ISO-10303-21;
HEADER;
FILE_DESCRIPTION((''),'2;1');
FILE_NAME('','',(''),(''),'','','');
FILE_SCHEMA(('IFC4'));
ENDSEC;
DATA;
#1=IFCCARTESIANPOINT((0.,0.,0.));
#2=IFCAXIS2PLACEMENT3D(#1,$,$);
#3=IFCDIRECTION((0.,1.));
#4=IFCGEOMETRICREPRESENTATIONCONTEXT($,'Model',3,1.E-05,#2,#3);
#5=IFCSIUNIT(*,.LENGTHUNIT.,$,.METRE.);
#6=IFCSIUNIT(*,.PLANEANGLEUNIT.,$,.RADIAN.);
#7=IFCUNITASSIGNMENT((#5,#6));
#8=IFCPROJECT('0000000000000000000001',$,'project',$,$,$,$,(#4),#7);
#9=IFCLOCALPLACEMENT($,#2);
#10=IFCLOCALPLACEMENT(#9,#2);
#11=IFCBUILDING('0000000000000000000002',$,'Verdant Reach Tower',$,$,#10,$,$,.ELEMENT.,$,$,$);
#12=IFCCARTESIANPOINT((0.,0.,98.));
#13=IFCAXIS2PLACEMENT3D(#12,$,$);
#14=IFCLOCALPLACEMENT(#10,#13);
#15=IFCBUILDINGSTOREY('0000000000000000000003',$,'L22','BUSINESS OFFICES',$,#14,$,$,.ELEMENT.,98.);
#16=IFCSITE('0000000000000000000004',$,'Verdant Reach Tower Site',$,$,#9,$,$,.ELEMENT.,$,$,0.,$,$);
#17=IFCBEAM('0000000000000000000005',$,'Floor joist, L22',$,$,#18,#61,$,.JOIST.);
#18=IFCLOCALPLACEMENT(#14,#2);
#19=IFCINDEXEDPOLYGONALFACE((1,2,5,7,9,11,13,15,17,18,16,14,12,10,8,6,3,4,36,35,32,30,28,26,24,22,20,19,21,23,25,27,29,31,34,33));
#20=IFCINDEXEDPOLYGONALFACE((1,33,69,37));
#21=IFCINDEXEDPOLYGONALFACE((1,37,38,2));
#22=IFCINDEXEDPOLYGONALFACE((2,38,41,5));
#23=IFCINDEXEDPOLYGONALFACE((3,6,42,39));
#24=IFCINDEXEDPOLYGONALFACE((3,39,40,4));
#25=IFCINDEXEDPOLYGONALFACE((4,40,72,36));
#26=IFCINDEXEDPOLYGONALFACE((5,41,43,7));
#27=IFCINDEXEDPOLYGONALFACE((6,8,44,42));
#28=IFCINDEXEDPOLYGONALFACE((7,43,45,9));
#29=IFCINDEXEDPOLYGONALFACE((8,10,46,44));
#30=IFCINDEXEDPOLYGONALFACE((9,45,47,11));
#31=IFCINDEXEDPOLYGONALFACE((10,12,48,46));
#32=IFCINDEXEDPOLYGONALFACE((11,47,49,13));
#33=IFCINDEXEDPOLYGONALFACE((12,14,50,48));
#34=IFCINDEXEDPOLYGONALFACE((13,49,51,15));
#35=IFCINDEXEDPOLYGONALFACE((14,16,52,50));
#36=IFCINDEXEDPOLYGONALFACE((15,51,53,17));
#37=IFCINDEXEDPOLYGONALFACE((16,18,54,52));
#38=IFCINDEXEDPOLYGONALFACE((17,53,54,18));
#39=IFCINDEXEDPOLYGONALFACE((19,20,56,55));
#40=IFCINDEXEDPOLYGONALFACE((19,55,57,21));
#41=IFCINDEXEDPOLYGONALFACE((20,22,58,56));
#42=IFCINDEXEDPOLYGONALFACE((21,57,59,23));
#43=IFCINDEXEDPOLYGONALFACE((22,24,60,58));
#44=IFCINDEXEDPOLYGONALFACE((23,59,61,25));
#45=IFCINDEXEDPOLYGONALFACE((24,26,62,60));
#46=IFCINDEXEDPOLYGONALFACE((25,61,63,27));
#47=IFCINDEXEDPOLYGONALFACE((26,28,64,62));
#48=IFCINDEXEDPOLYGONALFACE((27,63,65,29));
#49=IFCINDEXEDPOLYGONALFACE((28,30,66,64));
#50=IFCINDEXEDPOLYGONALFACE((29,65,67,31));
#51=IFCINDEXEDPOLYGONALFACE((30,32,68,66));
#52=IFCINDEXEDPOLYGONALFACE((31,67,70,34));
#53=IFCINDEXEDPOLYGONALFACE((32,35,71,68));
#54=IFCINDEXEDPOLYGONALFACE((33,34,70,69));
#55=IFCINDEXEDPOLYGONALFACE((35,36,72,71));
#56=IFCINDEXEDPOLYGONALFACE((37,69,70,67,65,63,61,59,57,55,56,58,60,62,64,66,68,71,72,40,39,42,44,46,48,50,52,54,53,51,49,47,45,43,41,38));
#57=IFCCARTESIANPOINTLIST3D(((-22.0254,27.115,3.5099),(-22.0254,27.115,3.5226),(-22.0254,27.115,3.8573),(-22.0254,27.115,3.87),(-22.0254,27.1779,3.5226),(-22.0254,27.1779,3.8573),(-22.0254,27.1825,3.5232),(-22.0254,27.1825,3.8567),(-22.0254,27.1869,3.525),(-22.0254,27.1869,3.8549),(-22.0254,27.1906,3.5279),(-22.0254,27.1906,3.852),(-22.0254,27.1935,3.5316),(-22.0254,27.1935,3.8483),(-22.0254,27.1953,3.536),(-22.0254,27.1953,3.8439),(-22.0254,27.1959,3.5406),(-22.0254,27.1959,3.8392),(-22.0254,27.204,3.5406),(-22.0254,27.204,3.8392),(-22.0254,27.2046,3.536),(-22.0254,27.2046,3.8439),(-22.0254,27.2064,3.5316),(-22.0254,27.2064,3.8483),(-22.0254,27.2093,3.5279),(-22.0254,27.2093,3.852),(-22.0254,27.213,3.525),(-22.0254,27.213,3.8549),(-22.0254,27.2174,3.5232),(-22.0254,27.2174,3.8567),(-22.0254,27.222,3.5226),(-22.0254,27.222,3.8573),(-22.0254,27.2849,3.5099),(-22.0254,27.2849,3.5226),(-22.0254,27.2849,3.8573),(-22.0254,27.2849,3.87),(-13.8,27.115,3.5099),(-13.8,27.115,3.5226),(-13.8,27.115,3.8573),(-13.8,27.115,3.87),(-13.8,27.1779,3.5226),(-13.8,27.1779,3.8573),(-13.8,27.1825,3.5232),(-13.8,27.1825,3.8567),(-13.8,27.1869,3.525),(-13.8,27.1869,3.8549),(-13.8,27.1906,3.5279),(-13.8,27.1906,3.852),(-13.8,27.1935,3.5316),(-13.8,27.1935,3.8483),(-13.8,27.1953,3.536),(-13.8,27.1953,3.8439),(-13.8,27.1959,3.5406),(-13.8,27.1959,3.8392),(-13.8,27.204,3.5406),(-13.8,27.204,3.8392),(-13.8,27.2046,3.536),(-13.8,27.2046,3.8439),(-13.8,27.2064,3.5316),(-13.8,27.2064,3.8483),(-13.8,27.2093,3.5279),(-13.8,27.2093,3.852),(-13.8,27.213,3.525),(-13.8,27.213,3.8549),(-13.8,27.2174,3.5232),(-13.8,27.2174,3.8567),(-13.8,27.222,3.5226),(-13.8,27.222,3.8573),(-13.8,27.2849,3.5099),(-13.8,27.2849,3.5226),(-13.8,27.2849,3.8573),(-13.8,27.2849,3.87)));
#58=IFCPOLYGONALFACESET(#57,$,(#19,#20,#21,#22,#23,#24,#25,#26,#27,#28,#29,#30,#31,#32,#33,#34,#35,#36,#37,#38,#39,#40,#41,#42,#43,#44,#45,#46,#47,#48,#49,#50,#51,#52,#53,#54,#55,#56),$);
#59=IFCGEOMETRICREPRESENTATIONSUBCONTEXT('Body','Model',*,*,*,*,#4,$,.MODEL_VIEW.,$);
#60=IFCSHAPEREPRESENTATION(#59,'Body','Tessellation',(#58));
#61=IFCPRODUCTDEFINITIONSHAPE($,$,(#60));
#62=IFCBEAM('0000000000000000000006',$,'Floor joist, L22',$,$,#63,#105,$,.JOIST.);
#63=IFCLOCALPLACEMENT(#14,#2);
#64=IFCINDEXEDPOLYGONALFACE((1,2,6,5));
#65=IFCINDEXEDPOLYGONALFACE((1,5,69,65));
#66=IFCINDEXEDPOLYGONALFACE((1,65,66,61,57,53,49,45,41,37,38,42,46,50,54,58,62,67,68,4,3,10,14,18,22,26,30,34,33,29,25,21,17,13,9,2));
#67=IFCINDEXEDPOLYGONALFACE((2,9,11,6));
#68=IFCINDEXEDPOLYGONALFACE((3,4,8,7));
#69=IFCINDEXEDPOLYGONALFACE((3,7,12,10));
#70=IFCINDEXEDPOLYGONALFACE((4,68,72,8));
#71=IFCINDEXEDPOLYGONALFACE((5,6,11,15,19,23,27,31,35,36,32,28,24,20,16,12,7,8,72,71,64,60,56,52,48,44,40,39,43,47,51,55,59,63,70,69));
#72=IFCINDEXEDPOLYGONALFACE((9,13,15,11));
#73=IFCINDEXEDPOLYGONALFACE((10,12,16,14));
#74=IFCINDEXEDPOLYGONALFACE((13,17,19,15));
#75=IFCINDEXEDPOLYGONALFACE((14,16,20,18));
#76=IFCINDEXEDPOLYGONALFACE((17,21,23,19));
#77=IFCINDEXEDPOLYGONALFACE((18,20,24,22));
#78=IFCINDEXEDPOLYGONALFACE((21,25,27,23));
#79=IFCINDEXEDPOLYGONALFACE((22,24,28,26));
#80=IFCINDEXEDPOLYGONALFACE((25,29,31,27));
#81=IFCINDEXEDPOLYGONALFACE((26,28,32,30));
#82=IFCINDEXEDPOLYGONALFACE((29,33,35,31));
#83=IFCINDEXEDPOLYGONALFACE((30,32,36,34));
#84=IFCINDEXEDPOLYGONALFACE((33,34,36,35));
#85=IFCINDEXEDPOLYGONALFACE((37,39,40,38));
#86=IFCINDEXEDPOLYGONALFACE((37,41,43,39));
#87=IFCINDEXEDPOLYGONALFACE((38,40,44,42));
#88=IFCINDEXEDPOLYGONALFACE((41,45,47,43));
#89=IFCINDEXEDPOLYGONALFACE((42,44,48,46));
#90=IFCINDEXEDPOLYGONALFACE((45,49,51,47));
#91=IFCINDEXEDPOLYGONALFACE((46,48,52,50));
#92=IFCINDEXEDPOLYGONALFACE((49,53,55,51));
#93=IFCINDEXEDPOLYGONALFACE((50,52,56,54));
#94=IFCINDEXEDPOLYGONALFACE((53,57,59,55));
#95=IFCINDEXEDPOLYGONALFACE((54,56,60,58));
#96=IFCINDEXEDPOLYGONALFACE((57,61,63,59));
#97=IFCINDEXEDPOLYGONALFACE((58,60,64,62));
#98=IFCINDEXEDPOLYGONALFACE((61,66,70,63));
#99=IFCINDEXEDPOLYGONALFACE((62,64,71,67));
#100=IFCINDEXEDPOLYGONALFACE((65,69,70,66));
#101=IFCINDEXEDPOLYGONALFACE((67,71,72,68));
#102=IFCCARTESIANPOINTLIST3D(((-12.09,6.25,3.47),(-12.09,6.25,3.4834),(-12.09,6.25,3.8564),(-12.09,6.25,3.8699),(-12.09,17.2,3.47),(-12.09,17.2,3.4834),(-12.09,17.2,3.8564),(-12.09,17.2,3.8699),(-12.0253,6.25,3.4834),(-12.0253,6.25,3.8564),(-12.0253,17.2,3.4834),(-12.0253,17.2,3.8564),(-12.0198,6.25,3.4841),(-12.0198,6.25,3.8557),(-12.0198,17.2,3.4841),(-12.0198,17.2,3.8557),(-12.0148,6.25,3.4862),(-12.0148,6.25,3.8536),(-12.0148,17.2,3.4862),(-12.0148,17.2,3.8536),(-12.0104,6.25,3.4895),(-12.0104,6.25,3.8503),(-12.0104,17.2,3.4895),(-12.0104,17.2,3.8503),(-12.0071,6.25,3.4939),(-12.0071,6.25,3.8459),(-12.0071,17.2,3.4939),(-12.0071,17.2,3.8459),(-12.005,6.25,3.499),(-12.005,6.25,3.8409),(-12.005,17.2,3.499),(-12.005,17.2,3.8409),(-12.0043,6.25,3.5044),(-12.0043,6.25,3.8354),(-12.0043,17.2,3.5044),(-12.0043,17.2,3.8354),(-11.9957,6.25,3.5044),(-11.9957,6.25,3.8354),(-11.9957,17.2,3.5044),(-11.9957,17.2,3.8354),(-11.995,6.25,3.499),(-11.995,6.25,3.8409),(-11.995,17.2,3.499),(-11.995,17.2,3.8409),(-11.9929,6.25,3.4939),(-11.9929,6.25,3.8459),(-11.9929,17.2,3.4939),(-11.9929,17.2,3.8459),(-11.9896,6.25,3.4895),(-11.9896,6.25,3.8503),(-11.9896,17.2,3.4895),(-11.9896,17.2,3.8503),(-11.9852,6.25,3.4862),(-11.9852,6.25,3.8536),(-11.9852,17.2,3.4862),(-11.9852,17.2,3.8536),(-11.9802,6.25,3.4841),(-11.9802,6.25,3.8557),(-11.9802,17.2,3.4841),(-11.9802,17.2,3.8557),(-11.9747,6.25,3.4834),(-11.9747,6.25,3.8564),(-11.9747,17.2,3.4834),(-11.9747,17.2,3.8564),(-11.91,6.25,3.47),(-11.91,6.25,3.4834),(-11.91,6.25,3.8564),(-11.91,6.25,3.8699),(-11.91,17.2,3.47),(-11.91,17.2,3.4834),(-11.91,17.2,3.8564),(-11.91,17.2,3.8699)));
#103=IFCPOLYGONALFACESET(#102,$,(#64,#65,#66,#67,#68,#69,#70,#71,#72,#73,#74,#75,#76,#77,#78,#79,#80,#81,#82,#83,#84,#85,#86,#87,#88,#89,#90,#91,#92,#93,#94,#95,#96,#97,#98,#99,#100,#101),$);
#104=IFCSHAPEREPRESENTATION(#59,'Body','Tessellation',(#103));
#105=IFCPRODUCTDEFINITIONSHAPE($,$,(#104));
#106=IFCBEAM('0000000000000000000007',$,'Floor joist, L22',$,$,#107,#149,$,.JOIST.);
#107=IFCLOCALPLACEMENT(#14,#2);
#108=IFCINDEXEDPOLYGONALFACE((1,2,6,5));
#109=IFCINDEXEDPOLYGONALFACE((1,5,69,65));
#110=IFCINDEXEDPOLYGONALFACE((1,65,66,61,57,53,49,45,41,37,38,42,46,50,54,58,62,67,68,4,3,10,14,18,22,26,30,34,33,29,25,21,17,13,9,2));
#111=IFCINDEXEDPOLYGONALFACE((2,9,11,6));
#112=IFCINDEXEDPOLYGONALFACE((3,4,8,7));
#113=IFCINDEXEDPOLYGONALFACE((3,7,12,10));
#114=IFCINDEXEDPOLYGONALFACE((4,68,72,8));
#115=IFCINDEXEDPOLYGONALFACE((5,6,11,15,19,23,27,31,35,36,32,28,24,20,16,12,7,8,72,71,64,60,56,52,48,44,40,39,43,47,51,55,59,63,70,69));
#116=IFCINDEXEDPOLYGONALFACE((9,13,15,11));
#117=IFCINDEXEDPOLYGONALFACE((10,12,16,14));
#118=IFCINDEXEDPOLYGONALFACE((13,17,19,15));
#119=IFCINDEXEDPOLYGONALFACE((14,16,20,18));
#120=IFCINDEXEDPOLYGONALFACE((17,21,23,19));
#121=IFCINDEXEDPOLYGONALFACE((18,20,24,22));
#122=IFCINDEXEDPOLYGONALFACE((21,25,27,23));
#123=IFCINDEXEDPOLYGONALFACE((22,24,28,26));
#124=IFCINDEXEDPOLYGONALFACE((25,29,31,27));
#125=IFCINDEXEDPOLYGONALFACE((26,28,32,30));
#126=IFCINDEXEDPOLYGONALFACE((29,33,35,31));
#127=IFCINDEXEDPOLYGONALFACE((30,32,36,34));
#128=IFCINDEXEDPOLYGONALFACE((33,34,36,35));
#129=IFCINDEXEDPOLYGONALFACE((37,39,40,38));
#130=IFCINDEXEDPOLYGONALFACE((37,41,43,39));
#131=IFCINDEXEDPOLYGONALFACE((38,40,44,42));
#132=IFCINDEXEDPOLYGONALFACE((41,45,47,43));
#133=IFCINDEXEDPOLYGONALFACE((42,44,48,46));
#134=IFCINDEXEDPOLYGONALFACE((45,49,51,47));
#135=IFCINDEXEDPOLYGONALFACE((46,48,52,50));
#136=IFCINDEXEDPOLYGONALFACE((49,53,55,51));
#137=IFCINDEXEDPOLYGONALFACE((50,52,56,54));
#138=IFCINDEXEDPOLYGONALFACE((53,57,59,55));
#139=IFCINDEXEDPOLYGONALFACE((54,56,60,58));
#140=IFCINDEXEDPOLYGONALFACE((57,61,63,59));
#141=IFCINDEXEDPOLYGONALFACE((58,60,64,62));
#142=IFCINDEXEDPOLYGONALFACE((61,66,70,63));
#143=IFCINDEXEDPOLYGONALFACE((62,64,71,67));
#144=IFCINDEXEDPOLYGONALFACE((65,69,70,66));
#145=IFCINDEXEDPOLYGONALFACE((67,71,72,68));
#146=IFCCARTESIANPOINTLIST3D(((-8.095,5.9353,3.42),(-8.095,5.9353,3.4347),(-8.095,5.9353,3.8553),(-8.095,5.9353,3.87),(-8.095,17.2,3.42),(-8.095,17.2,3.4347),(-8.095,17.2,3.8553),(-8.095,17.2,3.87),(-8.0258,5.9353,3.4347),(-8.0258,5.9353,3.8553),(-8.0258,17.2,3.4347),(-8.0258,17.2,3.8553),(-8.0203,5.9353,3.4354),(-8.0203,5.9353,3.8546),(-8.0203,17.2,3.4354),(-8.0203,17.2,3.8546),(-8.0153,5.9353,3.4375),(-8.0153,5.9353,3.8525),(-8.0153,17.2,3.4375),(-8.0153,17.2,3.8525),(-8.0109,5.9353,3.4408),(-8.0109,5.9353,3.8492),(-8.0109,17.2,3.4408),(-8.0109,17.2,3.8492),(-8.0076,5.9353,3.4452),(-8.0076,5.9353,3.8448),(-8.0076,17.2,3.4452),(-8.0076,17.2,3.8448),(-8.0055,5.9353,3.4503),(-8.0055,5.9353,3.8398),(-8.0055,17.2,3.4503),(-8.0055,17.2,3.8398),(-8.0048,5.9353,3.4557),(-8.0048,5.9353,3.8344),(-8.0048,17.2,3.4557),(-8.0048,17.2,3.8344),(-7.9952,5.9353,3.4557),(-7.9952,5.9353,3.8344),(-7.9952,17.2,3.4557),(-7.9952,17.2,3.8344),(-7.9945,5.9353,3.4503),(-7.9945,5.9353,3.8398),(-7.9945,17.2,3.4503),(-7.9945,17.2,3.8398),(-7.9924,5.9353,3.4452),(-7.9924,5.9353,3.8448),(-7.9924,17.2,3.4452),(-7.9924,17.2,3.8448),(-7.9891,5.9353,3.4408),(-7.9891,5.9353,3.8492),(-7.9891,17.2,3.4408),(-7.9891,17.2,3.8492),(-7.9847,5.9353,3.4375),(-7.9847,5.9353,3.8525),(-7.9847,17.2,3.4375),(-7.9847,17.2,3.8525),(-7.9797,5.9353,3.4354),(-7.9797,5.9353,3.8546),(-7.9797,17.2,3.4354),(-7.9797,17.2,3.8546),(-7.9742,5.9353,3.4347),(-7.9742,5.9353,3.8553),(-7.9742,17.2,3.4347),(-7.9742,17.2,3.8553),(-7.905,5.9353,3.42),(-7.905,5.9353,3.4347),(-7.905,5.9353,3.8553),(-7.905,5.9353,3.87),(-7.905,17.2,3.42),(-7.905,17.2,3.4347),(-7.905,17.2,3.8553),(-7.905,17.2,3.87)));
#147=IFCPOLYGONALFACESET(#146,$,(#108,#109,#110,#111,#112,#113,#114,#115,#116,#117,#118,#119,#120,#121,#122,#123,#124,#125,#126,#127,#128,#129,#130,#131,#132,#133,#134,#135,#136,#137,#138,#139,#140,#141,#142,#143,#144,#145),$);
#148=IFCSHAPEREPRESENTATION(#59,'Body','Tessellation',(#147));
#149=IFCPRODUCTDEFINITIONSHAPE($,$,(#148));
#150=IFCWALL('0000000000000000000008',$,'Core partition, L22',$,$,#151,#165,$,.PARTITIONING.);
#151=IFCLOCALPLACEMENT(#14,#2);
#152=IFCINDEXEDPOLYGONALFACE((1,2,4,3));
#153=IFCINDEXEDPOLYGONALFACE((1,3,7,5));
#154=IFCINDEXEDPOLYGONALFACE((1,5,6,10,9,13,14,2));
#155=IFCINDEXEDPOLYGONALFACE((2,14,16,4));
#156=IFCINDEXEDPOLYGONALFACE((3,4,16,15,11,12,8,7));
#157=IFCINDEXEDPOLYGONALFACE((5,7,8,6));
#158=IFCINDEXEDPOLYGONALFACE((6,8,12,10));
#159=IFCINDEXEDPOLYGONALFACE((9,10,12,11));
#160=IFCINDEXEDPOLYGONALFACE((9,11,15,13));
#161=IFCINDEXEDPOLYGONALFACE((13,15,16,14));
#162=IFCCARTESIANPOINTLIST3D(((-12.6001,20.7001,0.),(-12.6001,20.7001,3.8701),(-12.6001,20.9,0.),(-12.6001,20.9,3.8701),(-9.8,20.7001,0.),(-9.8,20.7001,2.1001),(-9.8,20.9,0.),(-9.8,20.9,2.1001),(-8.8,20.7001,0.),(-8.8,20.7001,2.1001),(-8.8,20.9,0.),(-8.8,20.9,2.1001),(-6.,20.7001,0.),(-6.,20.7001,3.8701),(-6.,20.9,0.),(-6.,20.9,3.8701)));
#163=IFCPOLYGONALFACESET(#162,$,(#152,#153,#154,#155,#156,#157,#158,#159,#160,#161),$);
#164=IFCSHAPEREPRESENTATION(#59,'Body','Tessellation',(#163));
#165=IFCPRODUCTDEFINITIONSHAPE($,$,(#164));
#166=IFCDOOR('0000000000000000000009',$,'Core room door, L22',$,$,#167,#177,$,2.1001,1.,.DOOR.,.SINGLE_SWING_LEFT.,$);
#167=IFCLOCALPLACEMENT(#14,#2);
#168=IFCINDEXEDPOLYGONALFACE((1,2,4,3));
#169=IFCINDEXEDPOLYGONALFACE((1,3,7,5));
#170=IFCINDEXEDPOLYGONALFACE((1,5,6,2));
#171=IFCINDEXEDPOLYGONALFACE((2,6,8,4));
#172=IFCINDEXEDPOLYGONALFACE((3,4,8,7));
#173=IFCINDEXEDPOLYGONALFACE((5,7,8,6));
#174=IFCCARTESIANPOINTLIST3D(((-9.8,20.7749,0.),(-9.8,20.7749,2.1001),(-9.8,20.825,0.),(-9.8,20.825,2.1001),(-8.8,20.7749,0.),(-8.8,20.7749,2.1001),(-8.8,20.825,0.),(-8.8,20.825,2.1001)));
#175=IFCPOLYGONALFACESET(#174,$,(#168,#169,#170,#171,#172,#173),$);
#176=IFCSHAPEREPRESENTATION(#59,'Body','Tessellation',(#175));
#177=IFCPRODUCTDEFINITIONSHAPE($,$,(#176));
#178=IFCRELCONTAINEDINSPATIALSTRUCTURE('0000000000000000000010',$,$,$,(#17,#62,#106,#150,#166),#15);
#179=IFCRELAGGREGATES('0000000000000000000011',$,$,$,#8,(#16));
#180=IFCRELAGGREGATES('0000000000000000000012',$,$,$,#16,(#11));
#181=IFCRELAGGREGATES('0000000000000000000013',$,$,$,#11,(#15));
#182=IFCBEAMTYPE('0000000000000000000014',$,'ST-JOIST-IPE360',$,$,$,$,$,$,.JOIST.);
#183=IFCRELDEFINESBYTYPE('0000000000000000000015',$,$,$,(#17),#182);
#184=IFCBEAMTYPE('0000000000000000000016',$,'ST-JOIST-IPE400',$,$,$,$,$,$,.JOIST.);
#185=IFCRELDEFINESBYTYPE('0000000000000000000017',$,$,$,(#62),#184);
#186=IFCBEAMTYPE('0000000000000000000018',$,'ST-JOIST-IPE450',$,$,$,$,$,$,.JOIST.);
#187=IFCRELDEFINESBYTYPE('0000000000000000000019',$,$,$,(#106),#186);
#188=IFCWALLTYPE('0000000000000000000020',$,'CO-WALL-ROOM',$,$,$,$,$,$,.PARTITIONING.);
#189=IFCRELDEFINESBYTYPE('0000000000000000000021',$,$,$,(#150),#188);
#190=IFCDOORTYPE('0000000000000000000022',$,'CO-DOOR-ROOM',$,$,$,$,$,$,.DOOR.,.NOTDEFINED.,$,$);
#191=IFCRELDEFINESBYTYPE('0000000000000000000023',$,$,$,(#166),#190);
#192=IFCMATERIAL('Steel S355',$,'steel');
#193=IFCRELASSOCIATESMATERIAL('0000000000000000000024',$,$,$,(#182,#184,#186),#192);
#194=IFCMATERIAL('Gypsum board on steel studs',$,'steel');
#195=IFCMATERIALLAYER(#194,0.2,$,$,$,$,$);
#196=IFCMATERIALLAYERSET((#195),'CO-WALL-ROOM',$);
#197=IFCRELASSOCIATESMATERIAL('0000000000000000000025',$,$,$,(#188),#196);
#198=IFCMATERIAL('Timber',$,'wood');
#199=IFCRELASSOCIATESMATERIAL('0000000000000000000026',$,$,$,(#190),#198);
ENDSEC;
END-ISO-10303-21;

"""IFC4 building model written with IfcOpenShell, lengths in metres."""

from ifc_helpers import new_model, si_unit, direction, frame, frame_2d, origin, origin_2d, place, context, subcontext, project, spatial, rectangle, i_section, extrude, material, layer, layer_set, material_profile, profile_set, type_object, element, fill, save


model = new_model("IFC4")

# Units and contexts
model_context = context("Model", 3, precision=1e-05, world=origin(), true_north=direction((0.0, 1.0)))
body_context = subcontext(model_context, "Body", "Model", "MODEL_VIEW")
ifc_project = project(units=[si_unit("LENGTHUNIT", "METRE"), si_unit("PLANEANGLEUNIT", "RADIAN")], contexts=[model_context])

# Site, building, storey
site_placement = place(None, origin())
site = spatial("IfcSite", under=ifc_project, at=site_placement, Name="Verdant Reach Tower Site", CompositionType="ELEMENT", RefElevation=0.0)
building_placement = place(site_placement, origin())
building = spatial("IfcBuilding", under=site, at=building_placement, Name="Verdant Reach Tower", CompositionType="ELEMENT")
storey_placement = place(building_placement, frame((0.0, 0.0, 98.0)))
storey = spatial("IfcBuildingStorey", under=building, at=storey_placement, Name="L22", Description="BUSINESS OFFICES", CompositionType="ELEMENT", Elevation=98.0)

# Beams
ifc_material_1 = material(Name="Steel S355", Category="steel")
ifc_material_profile_1 = material_profile(ifc_material_1, i_section(OverallWidth=0.1699, OverallDepth=0.3601, WebThickness=0.0081, FlangeThickness=0.0127, FilletRadius=0.0181, at=origin_2d()), Name="IPE 360")
ifc_profile_set_1 = profile_set([ifc_material_profile_1], Name="Steel S355")
beam_type_1 = type_object("IfcBeamType", Name="ST-JOIST-IPE360", PredefinedType="JOIST", material=ifc_profile_set_1)
beam_1_placement = place(storey_placement, frame((-13.8, 27.2, 3.6899), z_axis=(-1.0, 0.0, 0.0), x_axis=(0.0, -1.0, 0.0)))
element("IfcBeam", 1, at=beam_1_placement, inside=storey, type_object=beam_type_1, Name="Floor joist, L22", PredefinedType="JOIST", context=body_context, shape_type="SweptSolid", body=[
    extrude(i_section(OverallWidth=0.1699, OverallDepth=0.3601, WebThickness=0.0081, FlangeThickness=0.0127, FilletRadius=0.0181, at=origin_2d()), origin(), (0.0, 0.0, 1.0), 8.2253),
])
ifc_material_profile_2 = material_profile(ifc_material_1, i_section(OverallWidth=0.1799, OverallDepth=0.3999, WebThickness=0.0085, FlangeThickness=0.0134, FilletRadius=0.021, at=origin_2d()), Name="IPE 400")
ifc_profile_set_2 = profile_set([ifc_material_profile_2], Name="Steel S355")
beam_type_2 = type_object("IfcBeamType", Name="ST-JOIST-IPE400", PredefinedType="JOIST", material=ifc_profile_set_2)
beam_2_placement = place(storey_placement, frame((-12.0, 17.2, 3.6699), z_axis=(0.0, -1.0, 0.0), x_axis=(1.0, 0.0, 0.0)))
element("IfcBeam", 2, at=beam_2_placement, inside=storey, type_object=beam_type_2, Name="Floor joist, L22", PredefinedType="JOIST", context=body_context, shape_type="SweptSolid", body=[
    extrude(i_section(OverallWidth=0.1799, OverallDepth=0.3999, WebThickness=0.0085, FlangeThickness=0.0134, FilletRadius=0.021, at=origin_2d()), origin(), (0.0, 0.0, 1.0), 10.95),
])
ifc_material_profile_3 = material_profile(ifc_material_1, i_section(OverallWidth=0.1899, OverallDepth=0.45, WebThickness=0.0095, FlangeThickness=0.0146, FilletRadius=0.021, at=origin_2d()), Name="IPE 450")
ifc_profile_set_3 = profile_set([ifc_material_profile_3], Name="Steel S355")
beam_type_3 = type_object("IfcBeamType", Name="ST-JOIST-IPE450", PredefinedType="JOIST", material=ifc_profile_set_3)
beam_3_placement = place(storey_placement, frame((-8.0, 17.2, 3.645), z_axis=(0.0, -1.0, 0.0), x_axis=(1.0, 0.0, 0.0)))
element("IfcBeam", 3, at=beam_3_placement, inside=storey, type_object=beam_type_3, Name="Floor joist, L22", PredefinedType="JOIST", context=body_context, shape_type="SweptSolid", body=[
    extrude(i_section(OverallWidth=0.1899, OverallDepth=0.45, WebThickness=0.0095, FlangeThickness=0.0146, FilletRadius=0.021, at=origin_2d()), origin(), (0.0, 0.0, 1.0), 11.2646),
])

# Wall, opening, door
ifc_material_2 = material(Name="Gypsum board on steel studs", Category="steel")
ifc_layer_1 = layer(ifc_material_2, 0.2)
ifc_layer_set_1 = layer_set([ifc_layer_1], Name="CO-WALL-ROOM")
wall_type_1 = type_object("IfcWallType", Name="CO-WALL-ROOM", PredefinedType="PARTITIONING", material=ifc_layer_set_1)
wall_1_placement = place(storey_placement, frame((-12.6001, 20.8, 0.0), z_axis=(0.0, 0.0, 1.0), x_axis=(1.0, 0.0, 0.0)))
wall_1 = element("IfcWall", 4, at=wall_1_placement, inside=storey, type_object=wall_type_1, Name="Core partition, L22", PredefinedType="PARTITIONING", context=body_context, shape_type="SweptSolid", body=[
    extrude(rectangle(XDim=6.6001, YDim=0.2, at=frame_2d((3.3, 0.0))), origin(), (0.0, 0.0, 1.0), 3.8701),
])
opening_1_placement = place(wall_1_placement, frame((2.8, 0.0, 0.0)))
opening_1 = element("IfcOpeningElement", 5, at=opening_1_placement, cuts=wall_1, PredefinedType="OPENING", context=body_context, shape_type="SweptSolid", body=[
    extrude(rectangle(XDim=1.0, YDim=2.1001, at=frame_2d((0.5, 1.05))), frame((0.0, 0.1099, 0.0), z_axis=(0.0, -1.0, 0.0), x_axis=(1.0, 0.0, 0.0)), (0.0, 0.0, 1.0), 0.22),
])
ifc_material_3 = material(Name="Timber", Category="wood")
door_type_1 = type_object("IfcDoorType", Name="CO-DOOR-ROOM", OperationType="NOTDEFINED", PredefinedType="DOOR", material=ifc_material_3)
door_1_placement = place(opening_1_placement, origin())
door_1 = element("IfcDoor", 6, at=door_1_placement, inside=storey, type_object=door_type_1, Name="Core room door, L22", OperationType="SINGLE_SWING_LEFT", OverallHeight=2.1001, OverallWidth=1.0, PredefinedType="DOOR", context=body_context, shape_type="SweptSolid", body=[
    extrude(rectangle(XDim=1.0, YDim=2.1001, at=frame_2d((0.5, 1.05))), frame((0.0, 0.0249, 0.0), z_axis=(0.0, -1.0, 0.0), x_axis=(1.0, 0.0, 0.0)), (0.0, 0.0, 1.0), 0.05),
])
fill(opening_1, door_1)

save(model, "model.ifc")
